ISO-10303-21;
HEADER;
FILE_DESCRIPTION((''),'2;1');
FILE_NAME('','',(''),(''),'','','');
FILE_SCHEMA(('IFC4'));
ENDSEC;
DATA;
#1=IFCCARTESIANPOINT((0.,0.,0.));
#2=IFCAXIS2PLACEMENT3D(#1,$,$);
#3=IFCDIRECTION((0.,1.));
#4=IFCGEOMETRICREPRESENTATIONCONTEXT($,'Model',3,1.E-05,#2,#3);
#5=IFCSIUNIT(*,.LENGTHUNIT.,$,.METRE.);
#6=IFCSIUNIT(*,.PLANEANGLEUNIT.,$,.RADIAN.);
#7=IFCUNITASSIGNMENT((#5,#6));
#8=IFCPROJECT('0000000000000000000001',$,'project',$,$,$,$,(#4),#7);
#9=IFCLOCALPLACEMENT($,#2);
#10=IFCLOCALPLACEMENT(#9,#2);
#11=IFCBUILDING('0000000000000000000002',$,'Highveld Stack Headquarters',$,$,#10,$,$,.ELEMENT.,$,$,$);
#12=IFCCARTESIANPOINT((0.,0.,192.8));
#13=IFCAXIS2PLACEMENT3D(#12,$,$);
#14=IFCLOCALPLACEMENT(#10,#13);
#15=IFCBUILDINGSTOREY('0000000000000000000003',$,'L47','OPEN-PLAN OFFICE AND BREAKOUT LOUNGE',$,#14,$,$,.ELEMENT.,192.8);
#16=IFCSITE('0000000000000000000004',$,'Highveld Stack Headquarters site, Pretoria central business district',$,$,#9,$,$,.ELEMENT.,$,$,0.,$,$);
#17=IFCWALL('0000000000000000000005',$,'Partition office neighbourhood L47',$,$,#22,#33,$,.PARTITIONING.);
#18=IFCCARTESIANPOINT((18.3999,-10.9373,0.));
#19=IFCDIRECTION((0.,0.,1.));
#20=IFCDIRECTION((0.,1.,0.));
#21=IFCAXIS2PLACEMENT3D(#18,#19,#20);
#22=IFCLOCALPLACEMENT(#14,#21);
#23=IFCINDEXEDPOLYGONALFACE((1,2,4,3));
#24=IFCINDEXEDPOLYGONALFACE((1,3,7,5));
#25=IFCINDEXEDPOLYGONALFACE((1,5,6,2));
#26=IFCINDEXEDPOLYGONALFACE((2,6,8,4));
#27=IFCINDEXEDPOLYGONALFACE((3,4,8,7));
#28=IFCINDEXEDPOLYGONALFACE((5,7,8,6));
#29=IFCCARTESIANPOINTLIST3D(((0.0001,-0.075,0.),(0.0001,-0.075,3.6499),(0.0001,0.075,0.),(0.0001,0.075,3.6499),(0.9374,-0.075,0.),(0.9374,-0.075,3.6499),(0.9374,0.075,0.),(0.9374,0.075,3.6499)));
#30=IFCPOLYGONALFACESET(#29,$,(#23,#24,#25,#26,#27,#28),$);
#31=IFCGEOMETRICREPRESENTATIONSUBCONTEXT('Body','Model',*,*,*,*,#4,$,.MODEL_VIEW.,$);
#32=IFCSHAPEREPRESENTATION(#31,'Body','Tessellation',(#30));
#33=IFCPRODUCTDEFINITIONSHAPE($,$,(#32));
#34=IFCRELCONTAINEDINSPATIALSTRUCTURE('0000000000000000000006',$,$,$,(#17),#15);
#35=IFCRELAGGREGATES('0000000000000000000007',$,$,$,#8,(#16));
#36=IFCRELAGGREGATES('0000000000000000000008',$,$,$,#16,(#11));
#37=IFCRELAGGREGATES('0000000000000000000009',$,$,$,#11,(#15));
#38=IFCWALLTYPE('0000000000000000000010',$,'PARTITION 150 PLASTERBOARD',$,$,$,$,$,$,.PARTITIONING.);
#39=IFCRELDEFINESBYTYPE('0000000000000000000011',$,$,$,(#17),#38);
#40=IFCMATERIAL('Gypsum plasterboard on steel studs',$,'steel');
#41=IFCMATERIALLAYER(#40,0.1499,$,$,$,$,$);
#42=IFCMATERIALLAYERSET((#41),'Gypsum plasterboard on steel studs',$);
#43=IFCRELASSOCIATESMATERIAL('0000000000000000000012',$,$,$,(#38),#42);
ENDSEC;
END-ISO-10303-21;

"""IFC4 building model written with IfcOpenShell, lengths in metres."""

from ifc_helpers import new_model, si_unit, direction, frame, frame_2d, origin, place, context, subcontext, project, spatial, rectangle, extrude, material, layer, layer_set, type_object, element, save


model = new_model("IFC4")

# Units and contexts
model_context = context("Model", 3, precision=1e-05, world=origin(), true_north=direction((0.0, 1.0)))
body_context = subcontext(model_context, "Body", "Model", "MODEL_VIEW")
ifc_project = project(units=[si_unit("LENGTHUNIT", "METRE"), si_unit("PLANEANGLEUNIT", "RADIAN")], contexts=[model_context])

# Site, building, storey
site_placement = place(None, origin())
site = spatial("IfcSite", under=ifc_project, at=site_placement, Name="Highveld Stack Headquarters site, Pretoria central business district", CompositionType="ELEMENT", RefElevation=0.0)
building_placement = place(site_placement, origin())
building = spatial("IfcBuilding", under=site, at=building_placement, Name="Highveld Stack Headquarters", CompositionType="ELEMENT")
storey_placement = place(building_placement, frame((0.0, 0.0, 192.8)))
storey = spatial("IfcBuildingStorey", under=building, at=storey_placement, Name="L47", Description="OPEN-PLAN OFFICE AND BREAKOUT LOUNGE", CompositionType="ELEMENT", Elevation=192.8)

# Wall
ifc_material_1 = material(Name="Gypsum plasterboard on steel studs", Category="steel")
ifc_layer_1 = layer(ifc_material_1, 0.1499)
ifc_layer_set_1 = layer_set([ifc_layer_1], Name="Gypsum plasterboard on steel studs")
wall_type_1 = type_object("IfcWallType", Name="PARTITION 150 PLASTERBOARD", PredefinedType="PARTITIONING", material=ifc_layer_set_1)
wall_1_placement = place(storey_placement, frame((18.3999, -10.9373, 0.0), z_axis=(0.0, 0.0, 1.0), x_axis=(0.0, 1.0, 0.0)))
element("IfcWall", 1, at=wall_1_placement, inside=storey, type_object=wall_type_1, Name="Partition office neighbourhood L47", PredefinedType="PARTITIONING", context=body_context, shape_type="SweptSolid", body=[
    extrude(rectangle(XDim=0.9373, YDim=0.1499, at=frame_2d((0.4688, 0.0))), origin(), (0.0, 0.0, 1.0), 3.6499),
])

save(model, "model.ifc")
